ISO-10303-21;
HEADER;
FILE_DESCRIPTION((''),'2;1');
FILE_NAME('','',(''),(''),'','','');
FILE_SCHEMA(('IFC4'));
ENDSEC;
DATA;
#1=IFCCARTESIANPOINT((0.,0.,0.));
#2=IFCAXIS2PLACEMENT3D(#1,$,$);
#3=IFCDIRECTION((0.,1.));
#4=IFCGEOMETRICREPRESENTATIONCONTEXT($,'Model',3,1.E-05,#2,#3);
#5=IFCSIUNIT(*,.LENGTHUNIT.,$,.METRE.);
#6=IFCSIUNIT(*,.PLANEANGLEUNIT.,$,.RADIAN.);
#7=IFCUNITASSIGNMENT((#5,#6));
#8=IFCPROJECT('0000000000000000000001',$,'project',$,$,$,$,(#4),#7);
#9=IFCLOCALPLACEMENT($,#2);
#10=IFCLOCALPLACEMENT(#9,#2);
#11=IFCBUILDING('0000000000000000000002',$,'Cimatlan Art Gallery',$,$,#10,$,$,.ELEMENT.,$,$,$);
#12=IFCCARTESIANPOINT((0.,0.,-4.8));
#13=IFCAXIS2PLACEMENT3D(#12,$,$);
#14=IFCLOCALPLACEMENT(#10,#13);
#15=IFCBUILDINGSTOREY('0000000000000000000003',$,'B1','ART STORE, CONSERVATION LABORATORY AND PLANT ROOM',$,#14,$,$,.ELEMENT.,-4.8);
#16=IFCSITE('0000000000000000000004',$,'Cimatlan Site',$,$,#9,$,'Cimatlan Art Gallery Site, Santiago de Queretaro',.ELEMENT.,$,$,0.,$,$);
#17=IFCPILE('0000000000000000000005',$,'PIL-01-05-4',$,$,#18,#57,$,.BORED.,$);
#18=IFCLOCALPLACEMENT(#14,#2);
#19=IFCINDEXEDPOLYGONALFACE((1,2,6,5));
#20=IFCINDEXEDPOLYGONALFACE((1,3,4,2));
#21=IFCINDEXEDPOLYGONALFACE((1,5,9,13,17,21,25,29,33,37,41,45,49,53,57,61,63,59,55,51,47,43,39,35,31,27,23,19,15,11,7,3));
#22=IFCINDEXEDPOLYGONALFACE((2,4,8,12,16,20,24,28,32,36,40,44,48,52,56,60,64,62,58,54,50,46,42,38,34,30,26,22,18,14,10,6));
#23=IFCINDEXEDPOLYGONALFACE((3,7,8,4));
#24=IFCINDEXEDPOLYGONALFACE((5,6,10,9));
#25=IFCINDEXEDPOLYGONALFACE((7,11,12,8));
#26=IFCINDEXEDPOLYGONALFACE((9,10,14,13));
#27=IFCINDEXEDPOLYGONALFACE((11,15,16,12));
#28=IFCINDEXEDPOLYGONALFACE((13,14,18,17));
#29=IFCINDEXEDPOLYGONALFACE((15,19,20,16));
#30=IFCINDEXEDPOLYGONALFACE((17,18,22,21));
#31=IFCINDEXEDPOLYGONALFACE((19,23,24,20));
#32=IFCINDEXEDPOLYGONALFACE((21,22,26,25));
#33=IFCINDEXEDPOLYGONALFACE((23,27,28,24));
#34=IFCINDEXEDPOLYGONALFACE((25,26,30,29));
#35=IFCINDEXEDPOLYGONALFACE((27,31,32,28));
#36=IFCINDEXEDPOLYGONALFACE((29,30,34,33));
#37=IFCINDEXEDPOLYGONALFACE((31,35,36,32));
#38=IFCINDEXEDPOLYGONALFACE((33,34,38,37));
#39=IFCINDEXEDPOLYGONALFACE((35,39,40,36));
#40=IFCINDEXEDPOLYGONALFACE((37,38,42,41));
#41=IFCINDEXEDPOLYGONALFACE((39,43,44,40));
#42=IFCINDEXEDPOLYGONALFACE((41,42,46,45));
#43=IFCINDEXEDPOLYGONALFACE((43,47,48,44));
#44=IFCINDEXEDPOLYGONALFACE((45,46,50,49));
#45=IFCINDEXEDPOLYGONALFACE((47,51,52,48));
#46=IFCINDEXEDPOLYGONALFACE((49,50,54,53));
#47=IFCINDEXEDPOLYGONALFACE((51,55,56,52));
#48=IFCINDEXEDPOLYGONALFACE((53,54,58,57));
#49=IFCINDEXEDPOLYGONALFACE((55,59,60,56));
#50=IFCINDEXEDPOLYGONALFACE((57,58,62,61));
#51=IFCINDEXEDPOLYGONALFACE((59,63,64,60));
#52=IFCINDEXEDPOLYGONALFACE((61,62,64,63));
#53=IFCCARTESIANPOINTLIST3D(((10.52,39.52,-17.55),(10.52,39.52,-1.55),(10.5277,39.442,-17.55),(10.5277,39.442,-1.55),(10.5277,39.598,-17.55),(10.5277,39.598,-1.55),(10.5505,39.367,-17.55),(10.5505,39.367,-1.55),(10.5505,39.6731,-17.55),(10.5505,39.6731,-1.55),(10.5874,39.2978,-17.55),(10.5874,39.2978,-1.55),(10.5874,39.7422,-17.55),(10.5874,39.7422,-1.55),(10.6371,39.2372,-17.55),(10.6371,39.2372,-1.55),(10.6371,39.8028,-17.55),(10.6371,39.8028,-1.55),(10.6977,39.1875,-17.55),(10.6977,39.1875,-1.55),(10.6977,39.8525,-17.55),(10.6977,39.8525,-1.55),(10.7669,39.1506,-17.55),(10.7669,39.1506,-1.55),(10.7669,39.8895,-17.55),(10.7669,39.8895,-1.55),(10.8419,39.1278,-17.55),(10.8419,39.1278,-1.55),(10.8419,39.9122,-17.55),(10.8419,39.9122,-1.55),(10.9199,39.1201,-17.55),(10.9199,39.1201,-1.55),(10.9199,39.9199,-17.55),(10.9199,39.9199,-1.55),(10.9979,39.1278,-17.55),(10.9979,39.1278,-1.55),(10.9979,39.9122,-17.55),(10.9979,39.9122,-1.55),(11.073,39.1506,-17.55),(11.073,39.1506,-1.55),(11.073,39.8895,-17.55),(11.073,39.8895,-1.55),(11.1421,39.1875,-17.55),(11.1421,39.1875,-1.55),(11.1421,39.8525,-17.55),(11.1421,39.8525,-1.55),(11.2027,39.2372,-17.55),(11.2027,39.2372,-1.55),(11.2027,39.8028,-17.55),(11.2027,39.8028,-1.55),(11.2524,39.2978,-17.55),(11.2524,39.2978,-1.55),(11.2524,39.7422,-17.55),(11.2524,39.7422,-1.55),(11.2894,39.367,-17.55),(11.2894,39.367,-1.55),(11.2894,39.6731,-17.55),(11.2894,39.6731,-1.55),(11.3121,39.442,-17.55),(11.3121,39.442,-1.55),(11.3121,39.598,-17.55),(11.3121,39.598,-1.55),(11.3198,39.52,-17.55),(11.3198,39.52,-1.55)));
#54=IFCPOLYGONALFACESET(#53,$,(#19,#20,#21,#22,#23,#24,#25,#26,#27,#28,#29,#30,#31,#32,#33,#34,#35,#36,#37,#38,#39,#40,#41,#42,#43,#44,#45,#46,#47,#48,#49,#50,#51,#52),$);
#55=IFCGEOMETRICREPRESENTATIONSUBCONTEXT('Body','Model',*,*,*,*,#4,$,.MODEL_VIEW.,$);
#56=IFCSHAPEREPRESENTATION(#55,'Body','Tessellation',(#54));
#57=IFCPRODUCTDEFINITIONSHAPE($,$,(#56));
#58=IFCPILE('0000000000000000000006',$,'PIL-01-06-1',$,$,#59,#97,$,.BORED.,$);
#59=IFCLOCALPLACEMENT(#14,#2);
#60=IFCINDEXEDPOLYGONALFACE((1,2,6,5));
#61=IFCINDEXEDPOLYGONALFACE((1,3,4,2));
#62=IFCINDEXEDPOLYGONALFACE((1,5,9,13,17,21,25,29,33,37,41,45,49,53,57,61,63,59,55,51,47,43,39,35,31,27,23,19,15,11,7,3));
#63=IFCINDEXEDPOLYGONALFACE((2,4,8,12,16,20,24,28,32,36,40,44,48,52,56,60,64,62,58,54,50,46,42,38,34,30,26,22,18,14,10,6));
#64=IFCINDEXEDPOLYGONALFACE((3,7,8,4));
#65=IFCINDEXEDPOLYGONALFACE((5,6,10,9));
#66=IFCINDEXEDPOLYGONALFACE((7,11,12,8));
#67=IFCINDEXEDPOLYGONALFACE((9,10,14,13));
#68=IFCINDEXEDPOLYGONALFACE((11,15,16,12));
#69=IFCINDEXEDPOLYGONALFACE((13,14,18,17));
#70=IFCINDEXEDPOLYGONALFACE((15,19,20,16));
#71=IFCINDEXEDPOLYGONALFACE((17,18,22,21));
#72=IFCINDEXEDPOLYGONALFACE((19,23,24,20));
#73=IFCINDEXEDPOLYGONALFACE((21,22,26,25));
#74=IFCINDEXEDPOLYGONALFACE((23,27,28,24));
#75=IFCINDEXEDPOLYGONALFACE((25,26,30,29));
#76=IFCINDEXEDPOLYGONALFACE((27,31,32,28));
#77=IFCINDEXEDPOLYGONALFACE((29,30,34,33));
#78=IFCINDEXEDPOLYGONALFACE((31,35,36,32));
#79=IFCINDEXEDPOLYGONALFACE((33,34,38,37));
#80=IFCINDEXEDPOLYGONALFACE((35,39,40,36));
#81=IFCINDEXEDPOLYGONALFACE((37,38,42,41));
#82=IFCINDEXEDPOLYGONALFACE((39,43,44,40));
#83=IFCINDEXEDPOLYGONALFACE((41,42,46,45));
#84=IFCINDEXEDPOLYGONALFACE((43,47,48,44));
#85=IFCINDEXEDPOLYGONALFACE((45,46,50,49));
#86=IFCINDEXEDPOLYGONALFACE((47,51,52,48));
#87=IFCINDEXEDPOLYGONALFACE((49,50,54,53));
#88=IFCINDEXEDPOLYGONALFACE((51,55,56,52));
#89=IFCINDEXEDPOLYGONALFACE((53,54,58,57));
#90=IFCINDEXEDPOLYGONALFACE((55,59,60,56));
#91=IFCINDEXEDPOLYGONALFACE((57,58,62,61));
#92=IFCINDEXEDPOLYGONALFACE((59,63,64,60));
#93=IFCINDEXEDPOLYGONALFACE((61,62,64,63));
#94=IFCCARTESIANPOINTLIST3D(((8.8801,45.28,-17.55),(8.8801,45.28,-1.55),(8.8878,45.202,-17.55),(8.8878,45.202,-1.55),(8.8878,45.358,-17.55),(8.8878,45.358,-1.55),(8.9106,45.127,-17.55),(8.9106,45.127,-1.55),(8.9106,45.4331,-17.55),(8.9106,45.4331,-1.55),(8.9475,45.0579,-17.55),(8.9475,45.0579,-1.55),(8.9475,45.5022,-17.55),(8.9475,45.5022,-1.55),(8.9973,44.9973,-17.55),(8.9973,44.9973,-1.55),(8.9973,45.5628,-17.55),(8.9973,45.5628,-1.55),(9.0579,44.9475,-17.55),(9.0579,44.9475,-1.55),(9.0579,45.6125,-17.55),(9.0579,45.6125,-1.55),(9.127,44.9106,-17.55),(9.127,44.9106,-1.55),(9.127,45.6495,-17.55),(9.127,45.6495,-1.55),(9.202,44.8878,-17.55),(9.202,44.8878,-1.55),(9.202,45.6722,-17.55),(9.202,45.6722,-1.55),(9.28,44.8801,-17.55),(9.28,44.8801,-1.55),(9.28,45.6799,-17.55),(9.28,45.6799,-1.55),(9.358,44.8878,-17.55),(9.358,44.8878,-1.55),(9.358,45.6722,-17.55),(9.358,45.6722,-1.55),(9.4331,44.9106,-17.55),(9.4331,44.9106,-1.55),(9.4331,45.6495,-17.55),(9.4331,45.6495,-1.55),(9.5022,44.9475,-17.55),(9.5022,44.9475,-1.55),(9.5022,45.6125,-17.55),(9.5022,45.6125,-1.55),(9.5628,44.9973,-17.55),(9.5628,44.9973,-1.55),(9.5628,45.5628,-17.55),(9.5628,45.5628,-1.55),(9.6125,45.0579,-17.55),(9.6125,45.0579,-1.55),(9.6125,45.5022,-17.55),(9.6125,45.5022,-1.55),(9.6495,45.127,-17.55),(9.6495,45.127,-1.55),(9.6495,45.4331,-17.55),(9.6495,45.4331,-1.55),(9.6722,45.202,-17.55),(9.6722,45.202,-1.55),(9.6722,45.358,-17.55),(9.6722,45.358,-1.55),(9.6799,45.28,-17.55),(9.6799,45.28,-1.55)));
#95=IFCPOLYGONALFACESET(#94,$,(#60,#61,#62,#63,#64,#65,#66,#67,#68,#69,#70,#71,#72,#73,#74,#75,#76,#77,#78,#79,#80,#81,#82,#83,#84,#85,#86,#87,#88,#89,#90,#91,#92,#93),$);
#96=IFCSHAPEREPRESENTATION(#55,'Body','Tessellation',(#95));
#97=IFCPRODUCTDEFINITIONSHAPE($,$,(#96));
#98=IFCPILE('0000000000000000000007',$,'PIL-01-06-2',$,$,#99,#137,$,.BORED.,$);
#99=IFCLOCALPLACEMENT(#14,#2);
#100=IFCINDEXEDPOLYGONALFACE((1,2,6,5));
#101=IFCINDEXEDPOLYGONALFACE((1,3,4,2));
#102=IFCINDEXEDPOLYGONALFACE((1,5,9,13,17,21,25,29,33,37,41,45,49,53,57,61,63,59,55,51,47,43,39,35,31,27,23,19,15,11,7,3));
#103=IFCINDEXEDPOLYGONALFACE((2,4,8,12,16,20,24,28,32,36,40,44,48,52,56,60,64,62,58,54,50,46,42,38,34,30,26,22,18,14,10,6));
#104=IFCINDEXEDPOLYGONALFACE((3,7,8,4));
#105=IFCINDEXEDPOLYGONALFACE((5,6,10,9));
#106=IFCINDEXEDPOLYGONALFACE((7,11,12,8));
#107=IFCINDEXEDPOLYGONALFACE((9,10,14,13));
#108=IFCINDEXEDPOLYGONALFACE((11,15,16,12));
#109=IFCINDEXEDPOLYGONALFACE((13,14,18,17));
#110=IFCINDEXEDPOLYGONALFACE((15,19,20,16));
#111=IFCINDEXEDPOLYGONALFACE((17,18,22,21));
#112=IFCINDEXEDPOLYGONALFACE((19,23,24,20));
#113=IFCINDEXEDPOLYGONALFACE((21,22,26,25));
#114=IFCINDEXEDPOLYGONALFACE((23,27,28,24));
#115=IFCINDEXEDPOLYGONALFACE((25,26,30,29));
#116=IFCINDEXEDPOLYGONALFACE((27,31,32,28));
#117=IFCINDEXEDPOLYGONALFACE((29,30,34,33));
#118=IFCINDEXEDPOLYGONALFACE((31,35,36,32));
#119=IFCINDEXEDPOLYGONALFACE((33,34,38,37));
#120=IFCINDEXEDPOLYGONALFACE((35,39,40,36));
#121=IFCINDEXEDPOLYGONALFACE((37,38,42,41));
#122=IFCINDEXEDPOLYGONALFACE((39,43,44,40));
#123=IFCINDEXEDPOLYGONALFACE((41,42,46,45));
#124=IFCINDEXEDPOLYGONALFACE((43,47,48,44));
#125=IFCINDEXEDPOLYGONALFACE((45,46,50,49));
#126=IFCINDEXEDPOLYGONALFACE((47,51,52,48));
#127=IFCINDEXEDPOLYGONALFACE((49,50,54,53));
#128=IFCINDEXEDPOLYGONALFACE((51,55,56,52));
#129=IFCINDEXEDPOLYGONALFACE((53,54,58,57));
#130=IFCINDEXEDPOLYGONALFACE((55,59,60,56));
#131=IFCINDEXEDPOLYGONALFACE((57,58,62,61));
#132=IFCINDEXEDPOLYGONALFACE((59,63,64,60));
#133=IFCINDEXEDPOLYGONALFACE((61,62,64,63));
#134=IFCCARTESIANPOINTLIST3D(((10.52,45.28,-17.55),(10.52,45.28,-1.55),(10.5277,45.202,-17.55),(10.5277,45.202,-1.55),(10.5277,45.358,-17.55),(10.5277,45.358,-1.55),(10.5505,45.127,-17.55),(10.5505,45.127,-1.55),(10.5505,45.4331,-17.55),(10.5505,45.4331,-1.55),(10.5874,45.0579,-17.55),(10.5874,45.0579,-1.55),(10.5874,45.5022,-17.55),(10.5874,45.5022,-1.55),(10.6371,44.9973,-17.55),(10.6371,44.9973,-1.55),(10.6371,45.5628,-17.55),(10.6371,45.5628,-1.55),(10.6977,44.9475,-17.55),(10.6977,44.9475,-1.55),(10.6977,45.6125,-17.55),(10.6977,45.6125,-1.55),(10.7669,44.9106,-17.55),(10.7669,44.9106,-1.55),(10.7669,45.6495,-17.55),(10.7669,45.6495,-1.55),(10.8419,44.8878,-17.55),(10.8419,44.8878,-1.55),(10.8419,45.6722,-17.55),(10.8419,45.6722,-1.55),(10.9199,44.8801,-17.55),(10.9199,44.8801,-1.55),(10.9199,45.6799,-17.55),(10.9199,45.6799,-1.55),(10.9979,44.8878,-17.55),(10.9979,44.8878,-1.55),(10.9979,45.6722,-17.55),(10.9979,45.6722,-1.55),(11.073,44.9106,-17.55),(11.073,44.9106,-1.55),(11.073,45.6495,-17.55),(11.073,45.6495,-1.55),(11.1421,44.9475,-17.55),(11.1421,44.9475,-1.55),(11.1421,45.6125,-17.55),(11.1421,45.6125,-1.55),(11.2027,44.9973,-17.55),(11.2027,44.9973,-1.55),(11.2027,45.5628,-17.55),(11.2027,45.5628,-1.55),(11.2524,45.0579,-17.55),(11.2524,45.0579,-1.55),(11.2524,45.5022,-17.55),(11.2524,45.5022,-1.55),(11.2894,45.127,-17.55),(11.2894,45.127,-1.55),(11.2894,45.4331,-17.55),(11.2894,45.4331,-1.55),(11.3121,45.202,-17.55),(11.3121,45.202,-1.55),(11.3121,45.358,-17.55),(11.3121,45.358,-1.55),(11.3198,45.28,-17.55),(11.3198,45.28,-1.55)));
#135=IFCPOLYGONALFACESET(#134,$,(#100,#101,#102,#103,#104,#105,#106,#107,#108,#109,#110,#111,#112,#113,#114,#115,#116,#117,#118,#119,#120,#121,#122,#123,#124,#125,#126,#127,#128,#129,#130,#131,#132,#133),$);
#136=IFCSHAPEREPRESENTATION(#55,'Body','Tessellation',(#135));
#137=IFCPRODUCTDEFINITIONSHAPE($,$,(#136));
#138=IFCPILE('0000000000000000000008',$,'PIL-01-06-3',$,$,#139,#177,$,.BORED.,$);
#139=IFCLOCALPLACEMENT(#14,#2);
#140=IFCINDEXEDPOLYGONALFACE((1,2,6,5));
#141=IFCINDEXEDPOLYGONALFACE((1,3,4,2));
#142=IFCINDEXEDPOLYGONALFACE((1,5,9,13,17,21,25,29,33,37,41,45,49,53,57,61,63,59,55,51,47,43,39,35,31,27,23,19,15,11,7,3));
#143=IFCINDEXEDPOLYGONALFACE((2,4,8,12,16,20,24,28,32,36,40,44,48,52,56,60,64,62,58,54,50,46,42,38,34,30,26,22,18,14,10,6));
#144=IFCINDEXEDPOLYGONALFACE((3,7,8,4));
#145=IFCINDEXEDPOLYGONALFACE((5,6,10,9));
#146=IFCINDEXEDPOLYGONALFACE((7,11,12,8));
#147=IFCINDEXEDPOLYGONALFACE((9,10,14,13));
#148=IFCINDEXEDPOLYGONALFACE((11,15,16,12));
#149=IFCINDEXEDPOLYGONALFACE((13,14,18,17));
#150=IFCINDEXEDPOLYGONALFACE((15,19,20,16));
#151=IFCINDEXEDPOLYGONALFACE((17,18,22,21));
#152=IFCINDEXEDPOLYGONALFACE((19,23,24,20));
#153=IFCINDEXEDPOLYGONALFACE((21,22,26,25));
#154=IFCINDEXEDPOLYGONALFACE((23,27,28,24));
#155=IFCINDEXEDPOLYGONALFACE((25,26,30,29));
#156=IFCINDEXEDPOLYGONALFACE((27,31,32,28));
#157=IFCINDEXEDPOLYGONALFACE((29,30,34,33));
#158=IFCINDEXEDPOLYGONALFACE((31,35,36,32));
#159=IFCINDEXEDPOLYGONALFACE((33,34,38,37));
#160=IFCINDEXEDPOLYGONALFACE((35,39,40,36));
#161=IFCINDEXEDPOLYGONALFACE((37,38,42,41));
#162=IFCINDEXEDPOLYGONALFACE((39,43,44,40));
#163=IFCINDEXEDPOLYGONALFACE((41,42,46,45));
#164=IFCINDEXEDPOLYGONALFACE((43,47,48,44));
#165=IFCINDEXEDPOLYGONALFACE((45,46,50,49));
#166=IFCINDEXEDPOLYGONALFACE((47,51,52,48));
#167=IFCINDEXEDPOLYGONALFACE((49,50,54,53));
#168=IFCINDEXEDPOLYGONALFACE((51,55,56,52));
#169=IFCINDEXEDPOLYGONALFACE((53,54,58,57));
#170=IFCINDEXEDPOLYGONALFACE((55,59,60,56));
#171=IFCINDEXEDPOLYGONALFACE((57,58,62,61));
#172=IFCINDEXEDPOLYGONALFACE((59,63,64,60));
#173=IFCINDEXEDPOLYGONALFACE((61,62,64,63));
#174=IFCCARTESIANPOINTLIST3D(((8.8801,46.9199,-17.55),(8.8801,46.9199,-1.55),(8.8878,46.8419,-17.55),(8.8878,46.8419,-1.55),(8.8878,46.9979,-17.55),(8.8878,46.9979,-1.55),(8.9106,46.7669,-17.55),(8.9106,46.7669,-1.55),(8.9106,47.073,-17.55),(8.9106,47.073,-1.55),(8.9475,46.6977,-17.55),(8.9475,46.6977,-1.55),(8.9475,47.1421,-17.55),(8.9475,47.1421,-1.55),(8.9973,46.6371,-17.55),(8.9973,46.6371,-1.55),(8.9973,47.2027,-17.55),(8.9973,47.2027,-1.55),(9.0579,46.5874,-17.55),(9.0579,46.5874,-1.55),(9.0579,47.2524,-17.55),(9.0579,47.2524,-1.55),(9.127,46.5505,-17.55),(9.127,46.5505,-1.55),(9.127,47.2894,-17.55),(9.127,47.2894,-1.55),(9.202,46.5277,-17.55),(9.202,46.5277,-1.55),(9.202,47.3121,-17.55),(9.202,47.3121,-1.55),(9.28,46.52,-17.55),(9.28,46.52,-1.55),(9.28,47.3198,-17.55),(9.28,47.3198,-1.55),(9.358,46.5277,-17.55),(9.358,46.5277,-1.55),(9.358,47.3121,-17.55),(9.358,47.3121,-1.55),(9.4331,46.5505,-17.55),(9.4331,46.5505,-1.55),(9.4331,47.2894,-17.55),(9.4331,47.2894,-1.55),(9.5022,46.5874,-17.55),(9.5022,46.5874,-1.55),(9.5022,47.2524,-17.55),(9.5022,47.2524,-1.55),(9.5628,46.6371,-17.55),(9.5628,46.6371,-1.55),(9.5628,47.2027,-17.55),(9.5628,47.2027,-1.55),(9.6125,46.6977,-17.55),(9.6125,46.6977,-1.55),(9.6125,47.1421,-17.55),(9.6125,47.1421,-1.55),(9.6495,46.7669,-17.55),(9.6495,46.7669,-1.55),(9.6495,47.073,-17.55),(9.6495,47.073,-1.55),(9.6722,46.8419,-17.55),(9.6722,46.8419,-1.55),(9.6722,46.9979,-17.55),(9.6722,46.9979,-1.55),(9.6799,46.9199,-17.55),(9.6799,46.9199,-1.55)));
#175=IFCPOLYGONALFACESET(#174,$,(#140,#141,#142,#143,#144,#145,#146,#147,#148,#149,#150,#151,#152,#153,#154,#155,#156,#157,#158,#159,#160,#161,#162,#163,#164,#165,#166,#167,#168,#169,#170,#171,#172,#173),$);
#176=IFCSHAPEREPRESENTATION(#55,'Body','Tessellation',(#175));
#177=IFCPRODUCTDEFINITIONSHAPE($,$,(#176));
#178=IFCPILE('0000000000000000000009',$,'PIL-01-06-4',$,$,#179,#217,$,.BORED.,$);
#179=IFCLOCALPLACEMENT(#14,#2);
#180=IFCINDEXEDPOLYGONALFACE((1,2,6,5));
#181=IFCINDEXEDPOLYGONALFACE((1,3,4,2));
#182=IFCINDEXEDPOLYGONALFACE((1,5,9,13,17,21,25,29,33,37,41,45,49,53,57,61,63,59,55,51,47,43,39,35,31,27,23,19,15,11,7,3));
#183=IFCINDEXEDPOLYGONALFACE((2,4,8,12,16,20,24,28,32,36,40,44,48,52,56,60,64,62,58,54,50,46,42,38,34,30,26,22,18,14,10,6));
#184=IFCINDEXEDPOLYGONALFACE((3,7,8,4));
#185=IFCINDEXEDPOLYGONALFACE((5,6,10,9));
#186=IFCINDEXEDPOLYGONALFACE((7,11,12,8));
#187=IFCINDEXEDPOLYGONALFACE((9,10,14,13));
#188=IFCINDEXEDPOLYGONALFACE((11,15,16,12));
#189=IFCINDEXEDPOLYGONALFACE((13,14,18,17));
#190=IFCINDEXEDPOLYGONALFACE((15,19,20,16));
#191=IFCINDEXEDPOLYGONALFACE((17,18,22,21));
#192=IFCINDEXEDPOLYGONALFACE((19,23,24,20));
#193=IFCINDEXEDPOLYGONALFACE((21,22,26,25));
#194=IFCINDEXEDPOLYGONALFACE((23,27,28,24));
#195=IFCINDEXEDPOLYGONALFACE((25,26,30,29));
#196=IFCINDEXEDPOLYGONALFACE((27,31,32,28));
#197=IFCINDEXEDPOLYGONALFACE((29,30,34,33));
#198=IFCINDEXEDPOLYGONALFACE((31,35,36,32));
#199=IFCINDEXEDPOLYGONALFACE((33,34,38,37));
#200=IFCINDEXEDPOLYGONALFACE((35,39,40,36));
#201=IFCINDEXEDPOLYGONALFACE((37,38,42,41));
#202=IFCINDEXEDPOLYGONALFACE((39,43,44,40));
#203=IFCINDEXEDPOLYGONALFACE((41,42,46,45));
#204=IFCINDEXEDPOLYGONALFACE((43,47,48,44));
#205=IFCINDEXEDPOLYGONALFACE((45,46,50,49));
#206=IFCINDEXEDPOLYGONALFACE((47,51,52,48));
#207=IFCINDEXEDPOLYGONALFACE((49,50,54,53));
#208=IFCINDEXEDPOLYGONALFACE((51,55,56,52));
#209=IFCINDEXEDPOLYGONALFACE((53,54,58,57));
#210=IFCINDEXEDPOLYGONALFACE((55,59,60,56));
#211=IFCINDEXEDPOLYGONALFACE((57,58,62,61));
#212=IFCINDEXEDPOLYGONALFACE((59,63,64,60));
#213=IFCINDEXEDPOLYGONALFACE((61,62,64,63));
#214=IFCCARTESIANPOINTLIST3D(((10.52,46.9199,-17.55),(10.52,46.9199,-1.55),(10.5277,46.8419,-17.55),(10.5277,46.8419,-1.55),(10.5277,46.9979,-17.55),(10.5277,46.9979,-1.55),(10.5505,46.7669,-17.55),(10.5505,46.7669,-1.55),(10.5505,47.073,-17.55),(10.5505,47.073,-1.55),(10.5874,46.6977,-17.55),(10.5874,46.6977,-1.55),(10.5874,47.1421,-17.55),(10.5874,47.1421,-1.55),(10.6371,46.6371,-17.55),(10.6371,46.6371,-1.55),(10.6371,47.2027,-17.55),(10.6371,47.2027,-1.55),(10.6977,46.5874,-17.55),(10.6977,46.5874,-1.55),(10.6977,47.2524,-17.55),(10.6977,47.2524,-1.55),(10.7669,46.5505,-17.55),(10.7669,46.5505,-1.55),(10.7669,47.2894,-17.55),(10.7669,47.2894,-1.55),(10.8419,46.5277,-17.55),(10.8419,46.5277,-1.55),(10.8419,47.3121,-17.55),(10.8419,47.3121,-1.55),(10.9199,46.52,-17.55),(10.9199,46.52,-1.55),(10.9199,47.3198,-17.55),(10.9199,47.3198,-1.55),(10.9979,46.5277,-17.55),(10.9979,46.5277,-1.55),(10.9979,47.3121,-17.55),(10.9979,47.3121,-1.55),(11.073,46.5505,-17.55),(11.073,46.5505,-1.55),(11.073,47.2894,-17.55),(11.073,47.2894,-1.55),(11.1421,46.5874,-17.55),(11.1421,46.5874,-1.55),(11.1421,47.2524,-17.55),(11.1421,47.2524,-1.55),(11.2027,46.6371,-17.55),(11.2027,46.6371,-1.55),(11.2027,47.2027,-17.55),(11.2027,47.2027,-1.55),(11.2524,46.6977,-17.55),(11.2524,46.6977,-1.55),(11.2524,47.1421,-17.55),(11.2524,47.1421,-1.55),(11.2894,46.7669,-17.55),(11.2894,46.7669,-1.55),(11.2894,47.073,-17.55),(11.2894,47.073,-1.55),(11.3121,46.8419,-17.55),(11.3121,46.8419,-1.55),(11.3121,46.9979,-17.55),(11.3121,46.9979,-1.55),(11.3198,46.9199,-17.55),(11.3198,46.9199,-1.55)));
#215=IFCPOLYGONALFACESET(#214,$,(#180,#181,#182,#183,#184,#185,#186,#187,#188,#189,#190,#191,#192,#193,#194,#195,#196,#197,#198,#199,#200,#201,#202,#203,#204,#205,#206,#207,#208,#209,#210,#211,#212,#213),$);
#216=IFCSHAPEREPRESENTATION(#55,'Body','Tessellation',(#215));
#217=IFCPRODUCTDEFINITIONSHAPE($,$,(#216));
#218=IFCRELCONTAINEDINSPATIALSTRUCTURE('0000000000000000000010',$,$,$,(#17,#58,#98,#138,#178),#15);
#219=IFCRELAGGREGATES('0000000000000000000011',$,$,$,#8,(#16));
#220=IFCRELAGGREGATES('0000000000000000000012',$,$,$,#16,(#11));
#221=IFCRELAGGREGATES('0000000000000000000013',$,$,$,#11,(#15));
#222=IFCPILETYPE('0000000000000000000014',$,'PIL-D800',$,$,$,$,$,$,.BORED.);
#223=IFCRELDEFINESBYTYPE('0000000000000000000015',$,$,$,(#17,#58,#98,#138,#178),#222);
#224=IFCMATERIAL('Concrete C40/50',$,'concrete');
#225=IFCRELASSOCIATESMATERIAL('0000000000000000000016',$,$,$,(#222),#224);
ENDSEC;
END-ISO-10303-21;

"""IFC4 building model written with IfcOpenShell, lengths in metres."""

from ifc_helpers import new_model, si_unit, direction, frame, origin, origin_2d, place, context, subcontext, project, spatial, circle, extrude, material, type_object, element, save


model = new_model("IFC4")

# Units and contexts
model_context = context("Model", 3, precision=1e-05, world=origin(), true_north=direction((0.0, 1.0)))
body_context = subcontext(model_context, "Body", "Model", "MODEL_VIEW")
ifc_project = project(units=[si_unit("LENGTHUNIT", "METRE"), si_unit("PLANEANGLEUNIT", "RADIAN")], contexts=[model_context])

# Site, building, storey
site_placement = place(None, origin())
site = spatial("IfcSite", under=ifc_project, at=site_placement, Name="Cimatlan Site", LongName="Cimatlan Art Gallery Site, Santiago de Queretaro", CompositionType="ELEMENT", RefElevation=0.0)
building_placement = place(site_placement, origin())
building = spatial("IfcBuilding", under=site, at=building_placement, Name="Cimatlan Art Gallery", CompositionType="ELEMENT")
storey_placement = place(building_placement, frame((0.0, 0.0, -4.8)))
storey = spatial("IfcBuildingStorey", under=building, at=storey_placement, Name="B1", Description="ART STORE, CONSERVATION LABORATORY AND PLANT ROOM", CompositionType="ELEMENT", Elevation=-4.8)

# Shared definitions
ifc_material_1 = material(Name="Concrete C40/50", Category="concrete")

# Piles
pile_type_1 = type_object("IfcPileType", Name="PIL-D800", PredefinedType="BORED", material=ifc_material_1)
for number, where, z_axis, x_axis, name in (
    (1, (10.9199, 39.52, -1.55), (0.0, 0.0, -1.0), (1.0, 0.0, 0.0), "PIL-01-05-4"),
    (2, (9.28, 45.28, -1.55), (0.0, 0.0, -1.0), (1.0, 0.0, 0.0), "PIL-01-06-1"),
    (3, (10.9199, 45.28, -1.55), (0.0, 0.0, -1.0), (1.0, 0.0, 0.0), "PIL-01-06-2"),
    (4, (9.28, 46.9199, -1.55), (0.0, 0.0, -1.0), (1.0, 0.0, 0.0), "PIL-01-06-3"),
    (5, (10.9199, 46.9199, -1.55), (0.0, 0.0, -1.0), (1.0, 0.0, 0.0), "PIL-01-06-4"),
):
    element("IfcPile", number, at=place(storey_placement, frame(where, z_axis=z_axis, x_axis=x_axis)), inside=storey, type_object=pile_type_1, Name=name, PredefinedType="BORED", context=body_context, shape_type="SweptSolid", body=[
        extrude(circle(Radius=0.3999, at=origin_2d()), origin(), (0.0, 0.0, 1.0), 16.0),
    ])

save(model, "model.ifc")
